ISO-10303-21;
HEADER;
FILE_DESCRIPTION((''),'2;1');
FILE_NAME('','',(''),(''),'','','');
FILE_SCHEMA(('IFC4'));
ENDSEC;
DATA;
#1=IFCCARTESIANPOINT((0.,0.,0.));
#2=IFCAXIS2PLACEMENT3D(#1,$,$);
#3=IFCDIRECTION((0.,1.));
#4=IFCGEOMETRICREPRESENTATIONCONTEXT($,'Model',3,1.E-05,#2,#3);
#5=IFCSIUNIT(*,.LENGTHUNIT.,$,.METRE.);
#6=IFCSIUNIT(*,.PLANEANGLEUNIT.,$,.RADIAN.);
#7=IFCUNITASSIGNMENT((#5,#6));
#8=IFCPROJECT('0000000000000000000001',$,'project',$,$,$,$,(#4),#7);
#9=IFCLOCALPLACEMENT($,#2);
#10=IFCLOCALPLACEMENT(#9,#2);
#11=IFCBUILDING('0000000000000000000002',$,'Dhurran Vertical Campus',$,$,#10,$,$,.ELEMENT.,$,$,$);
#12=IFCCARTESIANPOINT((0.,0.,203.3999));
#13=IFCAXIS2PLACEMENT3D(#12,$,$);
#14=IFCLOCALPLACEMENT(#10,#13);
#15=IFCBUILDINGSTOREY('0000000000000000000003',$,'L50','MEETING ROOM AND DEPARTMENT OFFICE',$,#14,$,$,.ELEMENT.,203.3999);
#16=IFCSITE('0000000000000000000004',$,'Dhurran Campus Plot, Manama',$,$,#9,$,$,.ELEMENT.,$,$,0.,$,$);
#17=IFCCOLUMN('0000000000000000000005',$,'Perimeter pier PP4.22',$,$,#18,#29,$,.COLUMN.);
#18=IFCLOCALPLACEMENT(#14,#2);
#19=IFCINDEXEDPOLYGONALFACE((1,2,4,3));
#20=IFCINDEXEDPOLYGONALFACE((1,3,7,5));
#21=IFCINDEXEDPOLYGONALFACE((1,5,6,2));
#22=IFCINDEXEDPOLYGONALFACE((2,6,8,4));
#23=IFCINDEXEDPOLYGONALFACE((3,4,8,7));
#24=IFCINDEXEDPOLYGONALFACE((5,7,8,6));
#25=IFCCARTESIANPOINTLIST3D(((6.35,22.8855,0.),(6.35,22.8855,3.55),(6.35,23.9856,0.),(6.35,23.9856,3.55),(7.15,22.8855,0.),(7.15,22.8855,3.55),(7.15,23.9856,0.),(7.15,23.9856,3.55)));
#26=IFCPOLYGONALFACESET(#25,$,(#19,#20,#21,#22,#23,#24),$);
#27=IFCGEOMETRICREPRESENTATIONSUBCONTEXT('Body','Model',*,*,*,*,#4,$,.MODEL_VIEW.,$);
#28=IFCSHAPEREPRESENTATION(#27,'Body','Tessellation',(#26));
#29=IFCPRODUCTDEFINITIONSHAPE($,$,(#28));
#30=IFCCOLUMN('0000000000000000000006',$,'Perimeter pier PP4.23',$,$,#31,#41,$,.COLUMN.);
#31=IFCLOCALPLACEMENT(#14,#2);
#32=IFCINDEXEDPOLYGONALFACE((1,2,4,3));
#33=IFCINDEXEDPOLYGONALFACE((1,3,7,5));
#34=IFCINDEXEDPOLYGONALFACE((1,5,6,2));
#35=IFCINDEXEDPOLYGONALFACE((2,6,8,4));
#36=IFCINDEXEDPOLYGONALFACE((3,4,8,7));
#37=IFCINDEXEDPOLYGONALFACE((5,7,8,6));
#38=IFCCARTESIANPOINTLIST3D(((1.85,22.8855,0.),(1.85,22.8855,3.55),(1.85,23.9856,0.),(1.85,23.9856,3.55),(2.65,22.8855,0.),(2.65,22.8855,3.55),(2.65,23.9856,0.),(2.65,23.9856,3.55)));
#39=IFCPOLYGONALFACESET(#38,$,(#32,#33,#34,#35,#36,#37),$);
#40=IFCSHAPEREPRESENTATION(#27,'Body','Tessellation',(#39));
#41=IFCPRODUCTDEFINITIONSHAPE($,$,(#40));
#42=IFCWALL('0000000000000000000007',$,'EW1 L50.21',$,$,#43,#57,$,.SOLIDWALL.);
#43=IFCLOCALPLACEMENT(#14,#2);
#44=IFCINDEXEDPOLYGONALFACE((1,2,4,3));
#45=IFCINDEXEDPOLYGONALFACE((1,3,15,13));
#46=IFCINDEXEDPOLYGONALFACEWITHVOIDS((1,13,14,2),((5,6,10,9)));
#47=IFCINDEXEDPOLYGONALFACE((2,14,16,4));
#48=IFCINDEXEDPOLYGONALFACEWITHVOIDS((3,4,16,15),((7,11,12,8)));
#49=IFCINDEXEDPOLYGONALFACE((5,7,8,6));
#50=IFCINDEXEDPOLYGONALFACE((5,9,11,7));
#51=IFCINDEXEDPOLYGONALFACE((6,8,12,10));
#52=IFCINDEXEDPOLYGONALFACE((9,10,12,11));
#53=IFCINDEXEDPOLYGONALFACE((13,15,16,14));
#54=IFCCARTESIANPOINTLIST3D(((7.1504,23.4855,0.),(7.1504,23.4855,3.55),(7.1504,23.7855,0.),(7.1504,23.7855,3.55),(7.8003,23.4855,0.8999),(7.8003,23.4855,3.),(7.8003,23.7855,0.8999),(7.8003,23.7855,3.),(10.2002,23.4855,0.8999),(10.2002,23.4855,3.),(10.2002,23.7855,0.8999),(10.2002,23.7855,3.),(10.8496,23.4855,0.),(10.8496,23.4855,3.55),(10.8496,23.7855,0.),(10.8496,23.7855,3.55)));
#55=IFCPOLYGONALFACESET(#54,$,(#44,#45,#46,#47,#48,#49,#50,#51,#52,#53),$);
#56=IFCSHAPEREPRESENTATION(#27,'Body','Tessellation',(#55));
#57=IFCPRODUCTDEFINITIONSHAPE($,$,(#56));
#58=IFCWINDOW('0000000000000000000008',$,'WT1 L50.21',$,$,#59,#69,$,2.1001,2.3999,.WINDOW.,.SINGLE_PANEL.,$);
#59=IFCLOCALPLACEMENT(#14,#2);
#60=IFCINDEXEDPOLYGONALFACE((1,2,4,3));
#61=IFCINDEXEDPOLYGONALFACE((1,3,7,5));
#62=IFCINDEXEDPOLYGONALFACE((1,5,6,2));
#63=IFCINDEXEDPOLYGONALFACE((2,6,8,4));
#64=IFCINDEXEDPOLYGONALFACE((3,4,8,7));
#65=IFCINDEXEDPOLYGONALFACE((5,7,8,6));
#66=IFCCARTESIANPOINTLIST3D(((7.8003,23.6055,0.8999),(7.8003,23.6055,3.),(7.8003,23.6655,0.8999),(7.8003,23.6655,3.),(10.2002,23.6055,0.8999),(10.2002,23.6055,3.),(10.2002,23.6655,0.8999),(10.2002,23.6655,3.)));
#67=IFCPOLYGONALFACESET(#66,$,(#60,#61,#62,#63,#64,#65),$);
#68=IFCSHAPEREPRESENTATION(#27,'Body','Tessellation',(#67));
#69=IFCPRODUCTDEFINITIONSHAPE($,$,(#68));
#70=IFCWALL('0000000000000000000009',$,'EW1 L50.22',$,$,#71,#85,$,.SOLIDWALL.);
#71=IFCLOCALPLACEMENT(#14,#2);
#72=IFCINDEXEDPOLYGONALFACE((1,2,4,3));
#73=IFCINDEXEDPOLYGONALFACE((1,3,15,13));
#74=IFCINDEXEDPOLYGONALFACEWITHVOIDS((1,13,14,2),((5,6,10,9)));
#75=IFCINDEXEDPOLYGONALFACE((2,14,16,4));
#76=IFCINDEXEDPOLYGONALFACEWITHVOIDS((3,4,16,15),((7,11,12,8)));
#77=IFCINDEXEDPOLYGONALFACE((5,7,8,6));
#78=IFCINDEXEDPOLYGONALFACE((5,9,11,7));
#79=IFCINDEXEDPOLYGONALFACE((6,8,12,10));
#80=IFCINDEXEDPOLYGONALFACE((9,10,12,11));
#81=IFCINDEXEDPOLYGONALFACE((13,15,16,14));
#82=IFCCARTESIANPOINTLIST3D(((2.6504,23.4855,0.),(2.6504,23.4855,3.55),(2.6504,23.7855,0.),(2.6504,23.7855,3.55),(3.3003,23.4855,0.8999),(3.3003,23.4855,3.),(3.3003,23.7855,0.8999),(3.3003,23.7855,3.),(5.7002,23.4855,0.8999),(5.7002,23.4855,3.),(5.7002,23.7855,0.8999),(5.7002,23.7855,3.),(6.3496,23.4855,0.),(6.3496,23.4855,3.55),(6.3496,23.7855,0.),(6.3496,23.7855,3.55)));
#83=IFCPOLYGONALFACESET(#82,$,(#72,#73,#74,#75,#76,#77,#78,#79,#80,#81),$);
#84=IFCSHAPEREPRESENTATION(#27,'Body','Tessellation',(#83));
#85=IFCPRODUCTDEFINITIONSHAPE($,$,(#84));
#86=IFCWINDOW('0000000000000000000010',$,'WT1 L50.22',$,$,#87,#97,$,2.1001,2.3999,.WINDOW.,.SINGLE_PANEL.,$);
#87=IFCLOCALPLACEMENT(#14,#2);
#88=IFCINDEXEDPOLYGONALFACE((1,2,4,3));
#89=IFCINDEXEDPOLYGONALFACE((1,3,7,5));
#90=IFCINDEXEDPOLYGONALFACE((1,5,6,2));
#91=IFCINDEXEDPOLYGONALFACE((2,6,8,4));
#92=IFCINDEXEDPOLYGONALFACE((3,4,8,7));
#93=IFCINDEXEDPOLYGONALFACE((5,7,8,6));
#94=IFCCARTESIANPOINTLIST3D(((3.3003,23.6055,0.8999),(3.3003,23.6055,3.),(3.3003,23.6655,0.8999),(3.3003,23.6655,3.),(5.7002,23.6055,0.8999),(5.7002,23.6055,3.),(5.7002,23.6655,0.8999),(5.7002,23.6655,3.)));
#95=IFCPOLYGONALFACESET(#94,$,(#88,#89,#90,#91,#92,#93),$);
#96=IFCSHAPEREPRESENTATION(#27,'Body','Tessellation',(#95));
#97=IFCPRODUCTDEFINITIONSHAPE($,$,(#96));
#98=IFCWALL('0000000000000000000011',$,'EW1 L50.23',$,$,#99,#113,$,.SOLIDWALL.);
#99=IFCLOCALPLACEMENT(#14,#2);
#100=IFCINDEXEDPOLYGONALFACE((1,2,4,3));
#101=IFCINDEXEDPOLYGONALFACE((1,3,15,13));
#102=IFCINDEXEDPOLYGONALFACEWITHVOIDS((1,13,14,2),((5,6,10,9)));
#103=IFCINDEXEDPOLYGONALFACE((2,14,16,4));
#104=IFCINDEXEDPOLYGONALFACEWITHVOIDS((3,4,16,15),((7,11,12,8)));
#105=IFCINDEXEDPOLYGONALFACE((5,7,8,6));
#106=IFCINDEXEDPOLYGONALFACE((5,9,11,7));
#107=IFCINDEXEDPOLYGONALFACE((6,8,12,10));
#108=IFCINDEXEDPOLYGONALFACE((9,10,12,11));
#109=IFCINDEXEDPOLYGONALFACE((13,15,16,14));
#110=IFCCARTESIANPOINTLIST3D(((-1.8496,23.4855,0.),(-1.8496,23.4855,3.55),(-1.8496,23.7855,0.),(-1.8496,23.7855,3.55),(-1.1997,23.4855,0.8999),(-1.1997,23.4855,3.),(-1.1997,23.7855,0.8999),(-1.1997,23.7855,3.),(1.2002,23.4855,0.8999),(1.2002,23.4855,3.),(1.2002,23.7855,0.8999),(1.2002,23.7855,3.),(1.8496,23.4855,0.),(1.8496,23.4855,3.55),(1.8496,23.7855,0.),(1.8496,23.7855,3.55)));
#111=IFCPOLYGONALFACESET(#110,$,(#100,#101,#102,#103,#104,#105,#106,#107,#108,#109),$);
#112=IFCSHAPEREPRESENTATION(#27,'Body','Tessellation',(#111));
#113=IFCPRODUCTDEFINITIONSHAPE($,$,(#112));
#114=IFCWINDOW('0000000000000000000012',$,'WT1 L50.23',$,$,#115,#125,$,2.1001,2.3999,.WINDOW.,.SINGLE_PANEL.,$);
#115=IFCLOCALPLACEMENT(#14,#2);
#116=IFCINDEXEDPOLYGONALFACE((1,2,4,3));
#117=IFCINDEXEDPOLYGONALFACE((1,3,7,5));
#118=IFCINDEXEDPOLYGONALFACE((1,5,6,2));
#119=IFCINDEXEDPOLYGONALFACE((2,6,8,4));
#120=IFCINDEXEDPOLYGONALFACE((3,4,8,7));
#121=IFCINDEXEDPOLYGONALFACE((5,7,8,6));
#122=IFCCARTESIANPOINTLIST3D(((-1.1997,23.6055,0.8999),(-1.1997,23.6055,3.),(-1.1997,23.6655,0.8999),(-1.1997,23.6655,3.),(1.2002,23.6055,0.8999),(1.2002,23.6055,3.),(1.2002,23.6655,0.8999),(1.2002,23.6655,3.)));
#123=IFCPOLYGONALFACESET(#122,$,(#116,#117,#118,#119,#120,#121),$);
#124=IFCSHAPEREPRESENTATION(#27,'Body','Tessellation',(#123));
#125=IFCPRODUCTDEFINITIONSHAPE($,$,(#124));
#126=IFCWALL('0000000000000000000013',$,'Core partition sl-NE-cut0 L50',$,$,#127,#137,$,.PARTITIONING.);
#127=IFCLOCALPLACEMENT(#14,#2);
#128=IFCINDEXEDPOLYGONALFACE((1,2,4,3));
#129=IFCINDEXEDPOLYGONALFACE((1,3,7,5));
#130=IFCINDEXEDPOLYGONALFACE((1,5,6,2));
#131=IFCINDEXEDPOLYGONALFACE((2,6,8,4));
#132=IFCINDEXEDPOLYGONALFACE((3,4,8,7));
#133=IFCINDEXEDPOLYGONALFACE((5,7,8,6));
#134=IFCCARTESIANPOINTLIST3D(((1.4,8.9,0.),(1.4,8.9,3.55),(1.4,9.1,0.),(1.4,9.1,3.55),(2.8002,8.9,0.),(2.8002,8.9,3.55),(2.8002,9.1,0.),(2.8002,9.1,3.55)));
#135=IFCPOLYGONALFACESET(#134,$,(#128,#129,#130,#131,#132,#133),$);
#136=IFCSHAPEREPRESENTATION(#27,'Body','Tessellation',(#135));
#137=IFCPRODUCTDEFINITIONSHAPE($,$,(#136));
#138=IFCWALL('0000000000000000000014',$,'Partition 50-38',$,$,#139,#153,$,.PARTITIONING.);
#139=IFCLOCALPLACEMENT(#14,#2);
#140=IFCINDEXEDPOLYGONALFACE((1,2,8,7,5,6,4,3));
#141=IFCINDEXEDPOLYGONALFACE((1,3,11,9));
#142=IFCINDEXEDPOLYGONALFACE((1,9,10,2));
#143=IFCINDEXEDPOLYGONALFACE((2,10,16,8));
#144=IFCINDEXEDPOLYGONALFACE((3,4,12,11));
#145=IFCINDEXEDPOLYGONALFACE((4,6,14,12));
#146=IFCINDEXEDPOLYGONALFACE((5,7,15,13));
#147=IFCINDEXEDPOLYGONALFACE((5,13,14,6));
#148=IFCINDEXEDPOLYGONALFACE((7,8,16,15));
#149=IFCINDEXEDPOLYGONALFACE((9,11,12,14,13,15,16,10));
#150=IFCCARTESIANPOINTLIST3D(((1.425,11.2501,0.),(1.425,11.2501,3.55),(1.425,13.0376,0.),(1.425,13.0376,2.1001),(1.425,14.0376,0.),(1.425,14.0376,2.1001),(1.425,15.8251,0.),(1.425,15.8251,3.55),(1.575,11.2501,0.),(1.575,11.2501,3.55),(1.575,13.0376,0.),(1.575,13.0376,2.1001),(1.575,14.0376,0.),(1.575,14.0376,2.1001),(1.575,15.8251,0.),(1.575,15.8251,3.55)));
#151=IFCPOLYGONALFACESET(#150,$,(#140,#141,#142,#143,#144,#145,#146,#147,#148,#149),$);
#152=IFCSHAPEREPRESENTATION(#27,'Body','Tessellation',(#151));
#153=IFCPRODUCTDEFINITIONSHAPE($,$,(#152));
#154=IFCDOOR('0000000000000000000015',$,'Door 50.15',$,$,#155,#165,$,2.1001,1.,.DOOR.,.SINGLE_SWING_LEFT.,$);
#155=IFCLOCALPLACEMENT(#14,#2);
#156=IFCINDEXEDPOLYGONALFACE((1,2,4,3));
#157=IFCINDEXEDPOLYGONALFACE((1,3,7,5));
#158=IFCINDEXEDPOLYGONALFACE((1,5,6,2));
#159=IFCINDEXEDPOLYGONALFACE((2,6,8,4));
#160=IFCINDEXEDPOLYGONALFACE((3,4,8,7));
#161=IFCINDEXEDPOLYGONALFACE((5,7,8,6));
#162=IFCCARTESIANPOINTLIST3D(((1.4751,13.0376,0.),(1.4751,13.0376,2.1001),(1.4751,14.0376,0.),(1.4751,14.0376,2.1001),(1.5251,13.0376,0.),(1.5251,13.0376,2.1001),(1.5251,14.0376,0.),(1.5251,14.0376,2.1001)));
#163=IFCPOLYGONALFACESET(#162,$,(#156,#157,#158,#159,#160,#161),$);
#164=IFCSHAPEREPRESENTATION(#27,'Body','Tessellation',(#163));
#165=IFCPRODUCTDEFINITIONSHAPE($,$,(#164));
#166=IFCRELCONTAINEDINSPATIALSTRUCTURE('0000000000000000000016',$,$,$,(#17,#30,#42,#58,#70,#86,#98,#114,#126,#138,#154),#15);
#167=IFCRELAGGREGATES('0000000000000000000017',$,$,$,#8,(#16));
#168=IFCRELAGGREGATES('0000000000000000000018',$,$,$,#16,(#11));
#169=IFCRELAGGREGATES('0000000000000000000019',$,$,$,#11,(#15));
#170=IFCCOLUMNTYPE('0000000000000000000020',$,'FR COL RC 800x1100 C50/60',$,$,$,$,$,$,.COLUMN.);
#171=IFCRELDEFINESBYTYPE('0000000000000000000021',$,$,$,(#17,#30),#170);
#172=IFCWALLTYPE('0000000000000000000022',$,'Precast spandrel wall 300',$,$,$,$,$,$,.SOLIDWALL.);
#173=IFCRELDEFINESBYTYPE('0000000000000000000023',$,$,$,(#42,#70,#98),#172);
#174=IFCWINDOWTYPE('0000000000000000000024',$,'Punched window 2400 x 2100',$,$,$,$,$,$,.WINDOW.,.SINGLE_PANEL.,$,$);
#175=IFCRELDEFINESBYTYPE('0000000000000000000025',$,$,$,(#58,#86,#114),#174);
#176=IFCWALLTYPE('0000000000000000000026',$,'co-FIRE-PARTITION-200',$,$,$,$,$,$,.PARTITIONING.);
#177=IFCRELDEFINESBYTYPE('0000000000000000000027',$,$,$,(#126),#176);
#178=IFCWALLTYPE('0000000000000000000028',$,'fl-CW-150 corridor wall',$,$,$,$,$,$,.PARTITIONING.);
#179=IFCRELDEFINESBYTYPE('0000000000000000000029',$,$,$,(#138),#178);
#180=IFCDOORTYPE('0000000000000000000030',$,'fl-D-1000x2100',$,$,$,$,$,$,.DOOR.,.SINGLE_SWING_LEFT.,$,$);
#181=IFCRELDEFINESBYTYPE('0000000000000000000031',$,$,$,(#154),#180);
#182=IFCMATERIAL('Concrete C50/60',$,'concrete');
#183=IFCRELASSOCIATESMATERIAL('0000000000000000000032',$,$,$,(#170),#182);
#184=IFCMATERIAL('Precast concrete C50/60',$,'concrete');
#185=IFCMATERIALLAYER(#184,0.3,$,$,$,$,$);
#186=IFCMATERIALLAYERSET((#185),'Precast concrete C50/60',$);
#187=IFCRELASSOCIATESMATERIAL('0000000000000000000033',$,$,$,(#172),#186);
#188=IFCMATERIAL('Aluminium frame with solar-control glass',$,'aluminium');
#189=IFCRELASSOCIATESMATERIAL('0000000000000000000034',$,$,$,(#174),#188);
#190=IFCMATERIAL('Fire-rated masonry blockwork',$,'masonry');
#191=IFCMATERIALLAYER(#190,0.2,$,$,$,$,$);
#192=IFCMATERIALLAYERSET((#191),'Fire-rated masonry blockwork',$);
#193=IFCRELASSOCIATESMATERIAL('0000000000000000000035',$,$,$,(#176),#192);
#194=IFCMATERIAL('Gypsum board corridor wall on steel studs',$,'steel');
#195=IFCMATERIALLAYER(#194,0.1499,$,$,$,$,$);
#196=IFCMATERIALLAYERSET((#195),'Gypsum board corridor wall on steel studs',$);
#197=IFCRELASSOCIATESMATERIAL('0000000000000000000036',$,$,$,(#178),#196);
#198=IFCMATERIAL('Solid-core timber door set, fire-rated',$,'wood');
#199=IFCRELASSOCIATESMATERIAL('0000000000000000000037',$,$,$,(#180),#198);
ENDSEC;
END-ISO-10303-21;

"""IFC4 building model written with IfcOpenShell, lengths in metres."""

from ifc_helpers import new_model, si_unit, direction, frame, frame_2d, origin, origin_2d, place, context, subcontext, project, spatial, rectangle, extrude, material, layer, layer_set, material_profile, profile_set, type_object, element, fill, save


model = new_model("IFC4")

# Units and contexts
model_context = context("Model", 3, precision=1e-05, world=origin(), true_north=direction((0.0, 1.0)))
body_context = subcontext(model_context, "Body", "Model", "MODEL_VIEW")
ifc_project = project(units=[si_unit("LENGTHUNIT", "METRE"), si_unit("PLANEANGLEUNIT", "RADIAN")], contexts=[model_context])

# Site, building, storey
site_placement = place(None, origin())
site = spatial("IfcSite", under=ifc_project, at=site_placement, Name="Dhurran Campus Plot, Manama", CompositionType="ELEMENT", RefElevation=0.0)
building_placement = place(site_placement, origin())
building = spatial("IfcBuilding", under=site, at=building_placement, Name="Dhurran Vertical Campus", CompositionType="ELEMENT")
storey_placement = place(building_placement, frame((0.0, 0.0, 203.3999)))
storey = spatial("IfcBuildingStorey", under=building, at=storey_placement, Name="L50", Description="MEETING ROOM AND DEPARTMENT OFFICE", CompositionType="ELEMENT", Elevation=203.3999)

# Columns
ifc_material_1 = material(Name="Concrete C50/60", Category="concrete")
ifc_material_profile = material_profile(ifc_material_1, rectangle(XDim=0.8, YDim=1.1001, at=origin_2d()), Name="RC 800x1100")
ifc_profile_set = profile_set([ifc_material_profile], Name="Concrete C50/60")
column_type = type_object("IfcColumnType", Name="FR COL RC 800x1100 C50/60", PredefinedType="COLUMN", material=ifc_profile_set)
for number, where, z_axis, x_axis, name in (
    (1, (6.75, 23.4355, 0.0), (0.0, 0.0, 1.0), (-1.0, 0.0, 0.0), "Perimeter pier PP4.22"),
    (2, (2.25, 23.4355, 0.0), (0.0, 0.0, 1.0), (-1.0, 0.0, 0.0), "Perimeter pier PP4.23"),
):
    element("IfcColumn", number, at=place(storey_placement, frame(where, z_axis=z_axis, x_axis=x_axis)), inside=storey, type_object=column_type, Name=name, PredefinedType="COLUMN", context=body_context, shape_type="SweptSolid", body=[
        extrude(rectangle(XDim=0.8, YDim=1.1001, at=origin_2d()), origin(), (0.0, 0.0, 1.0), 3.55),
    ])

# Walls, openings, windows
ifc_material_2 = material(Name="Precast concrete C50/60", Category="concrete")
ifc_layer_1 = layer(ifc_material_2, 0.3)
ifc_layer_set_1 = layer_set([ifc_layer_1], Name="Precast concrete C50/60")
wall_type_1 = type_object("IfcWallType", Name="Precast spandrel wall 300", PredefinedType="SOLIDWALL", material=ifc_layer_set_1)
wall_1_placement = place(storey_placement, frame((10.8496, 23.6355, 0.0), z_axis=(0.0, 0.0, 1.0), x_axis=(-1.0, 0.0, 0.0)))
wall_1 = element("IfcWall", 3, at=wall_1_placement, inside=storey, type_object=wall_type_1, Name="EW1 L50.21", PredefinedType="SOLIDWALL", context=body_context, shape_type="SweptSolid", body=[
    extrude(rectangle(XDim=3.6992, YDim=0.3, at=frame_2d((1.8496, 0.0))), origin(), (0.0, 0.0, 1.0), 3.55),
])
opening_1_placement = place(wall_1_placement, frame((0.6494, 0.0, 0.8999)))
opening_1 = element("IfcOpeningElement", 4, at=opening_1_placement, cuts=wall_1, PredefinedType="OPENING", context=body_context, shape_type="SweptSolid", body=[
    extrude(rectangle(XDim=2.3999, YDim=2.1001, at=frame_2d((1.2, 1.05))), frame((0.0, 0.1599, 0.0), z_axis=(0.0, -1.0, 0.0), x_axis=(1.0, 0.0, 0.0)), (0.0, 0.0, 1.0), 0.3201),
])
ifc_material_3 = material(Name="Aluminium frame with solar-control glass", Category="aluminium")
window_type = type_object("IfcWindowType", Name="Punched window 2400 x 2100", PartitioningType="SINGLE_PANEL", PredefinedType="WINDOW", material=ifc_material_3)
window_1_placement = place(opening_1_placement, origin())
window_1 = element("IfcWindow", 5, at=window_1_placement, inside=storey, type_object=window_type, Name="WT1 L50.21", OverallHeight=2.1001, OverallWidth=2.3999, PartitioningType="SINGLE_PANEL", PredefinedType="WINDOW", context=body_context, shape_type="SweptSolid", body=[
    extrude(rectangle(XDim=2.3999, YDim=2.1001, at=frame_2d((1.2, 1.05))), frame((0.0, 0.03, 0.0), z_axis=(0.0, -1.0, 0.0), x_axis=(1.0, 0.0, 0.0)), (0.0, 0.0, 1.0), 0.0601),
])
fill(opening_1, window_1)
wall_2_placement = place(storey_placement, frame((6.3496, 23.6355, 0.0), z_axis=(0.0, 0.0, 1.0), x_axis=(-1.0, 0.0, 0.0)))
wall_2 = element("IfcWall", 6, at=wall_2_placement, inside=storey, type_object=wall_type_1, Name="EW1 L50.22", PredefinedType="SOLIDWALL", context=body_context, shape_type="SweptSolid", body=[
    extrude(rectangle(XDim=3.6992, YDim=0.3, at=frame_2d((1.8496, 0.0))), origin(), (0.0, 0.0, 1.0), 3.55),
])
opening_2_placement = place(wall_2_placement, frame((0.6494, 0.0, 0.8999)))
opening_2 = element("IfcOpeningElement", 7, at=opening_2_placement, cuts=wall_2, PredefinedType="OPENING", context=body_context, shape_type="SweptSolid", body=[
    extrude(rectangle(XDim=2.3999, YDim=2.1001, at=frame_2d((1.2, 1.05))), frame((0.0, 0.1599, 0.0), z_axis=(0.0, -1.0, 0.0), x_axis=(1.0, 0.0, 0.0)), (0.0, 0.0, 1.0), 0.3201),
])
window_2_placement = place(opening_2_placement, origin())
window_2 = element("IfcWindow", 8, at=window_2_placement, inside=storey, type_object=window_type, Name="WT1 L50.22", OverallHeight=2.1001, OverallWidth=2.3999, PartitioningType="SINGLE_PANEL", PredefinedType="WINDOW", context=body_context, shape_type="SweptSolid", body=[
    extrude(rectangle(XDim=2.3999, YDim=2.1001, at=frame_2d((1.2, 1.05))), frame((0.0, 0.03, 0.0), z_axis=(0.0, -1.0, 0.0), x_axis=(1.0, 0.0, 0.0)), (0.0, 0.0, 1.0), 0.0601),
])
fill(opening_2, window_2)
wall_3_placement = place(storey_placement, frame((1.8496, 23.6355, 0.0), z_axis=(0.0, 0.0, 1.0), x_axis=(-1.0, 0.0, 0.0)))
wall_3 = element("IfcWall", 9, at=wall_3_placement, inside=storey, type_object=wall_type_1, Name="EW1 L50.23", PredefinedType="SOLIDWALL", context=body_context, shape_type="SweptSolid", body=[
    extrude(rectangle(XDim=3.6992, YDim=0.3, at=frame_2d((1.8496, 0.0))), origin(), (0.0, 0.0, 1.0), 3.55),
])
opening_3_placement = place(wall_3_placement, frame((0.6494, 0.0, 0.8999)))
opening_3 = element("IfcOpeningElement", 10, at=opening_3_placement, cuts=wall_3, PredefinedType="OPENING", context=body_context, shape_type="SweptSolid", body=[
    extrude(rectangle(XDim=2.3999, YDim=2.1001, at=frame_2d((1.2, 1.05))), frame((0.0, 0.1599, 0.0), z_axis=(0.0, -1.0, 0.0), x_axis=(1.0, 0.0, 0.0)), (0.0, 0.0, 1.0), 0.3201),
])
window_3_placement = place(opening_3_placement, origin())
window_3 = element("IfcWindow", 11, at=window_3_placement, inside=storey, type_object=window_type, Name="WT1 L50.23", OverallHeight=2.1001, OverallWidth=2.3999, PartitioningType="SINGLE_PANEL", PredefinedType="WINDOW", context=body_context, shape_type="SweptSolid", body=[
    extrude(rectangle(XDim=2.3999, YDim=2.1001, at=frame_2d((1.2, 1.05))), frame((0.0, 0.03, 0.0), z_axis=(0.0, -1.0, 0.0), x_axis=(1.0, 0.0, 0.0)), (0.0, 0.0, 1.0), 0.0601),
])
fill(opening_3, window_3)

# Wall
ifc_material_4 = material(Name="Fire-rated masonry blockwork", Category="masonry")
ifc_layer_2 = layer(ifc_material_4, 0.2)
ifc_layer_set_2 = layer_set([ifc_layer_2], Name="Fire-rated masonry blockwork")
wall_type_2 = type_object("IfcWallType", Name="co-FIRE-PARTITION-200", PredefinedType="PARTITIONING", material=ifc_layer_set_2)
wall_4_placement = place(storey_placement, frame((1.3999, 9.0, 0.0), z_axis=(0.0, 0.0, 1.0), x_axis=(1.0, 0.0, 0.0)))
element("IfcWall", 12, at=wall_4_placement, inside=storey, type_object=wall_type_2, Name="Core partition sl-NE-cut0 L50", PredefinedType="PARTITIONING", context=body_context, shape_type="SweptSolid", body=[
    extrude(rectangle(XDim=1.4001, YDim=0.2, at=frame_2d((0.7002, 0.0))), origin(), (0.0, 0.0, 1.0), 3.55),
])

# Wall, opening, door
ifc_material_5 = material(Name="Gypsum board corridor wall on steel studs", Category="steel")
ifc_layer_3 = layer(ifc_material_5, 0.1499)
ifc_layer_set_3 = layer_set([ifc_layer_3], Name="Gypsum board corridor wall on steel studs")
wall_type_3 = type_object("IfcWallType", Name="fl-CW-150 corridor wall", PredefinedType="PARTITIONING", material=ifc_layer_set_3)
wall_5_placement = place(storey_placement, frame((1.5, 11.25, 0.0), z_axis=(0.0, 0.0, 1.0), x_axis=(0.0, 1.0, 0.0)))
wall_5 = element("IfcWall", 13, at=wall_5_placement, inside=storey, type_object=wall_type_3, Name="Partition 50-38", PredefinedType="PARTITIONING", context=body_context, shape_type="SweptSolid", body=[
    extrude(rectangle(XDim=4.575, YDim=0.1499, at=frame_2d((2.2876, 0.0))), origin(), (0.0, 0.0, 1.0), 3.55),
])
opening_4_placement = place(wall_5_placement, frame((1.7876, 0.0, 0.0)))
opening_4 = element("IfcOpeningElement", 14, at=opening_4_placement, cuts=wall_5, PredefinedType="OPENING", context=body_context, shape_type="SweptSolid", body=[
    extrude(rectangle(XDim=1.0, YDim=2.1001, at=frame_2d((0.5, 1.05))), frame((0.0, 0.085, 0.0), z_axis=(0.0, -1.0, 0.0), x_axis=(1.0, 0.0, 0.0)), (0.0, 0.0, 1.0), 0.1699),
])
ifc_material_6 = material(Name="Solid-core timber door set, fire-rated", Category="wood")
door_type = type_object("IfcDoorType", Name="fl-D-1000x2100", OperationType="SINGLE_SWING_LEFT", PredefinedType="DOOR", material=ifc_material_6)
door_1_placement = place(opening_4_placement, origin())
door_1 = element("IfcDoor", 15, at=door_1_placement, inside=storey, type_object=door_type, Name="Door 50.15", OperationType="SINGLE_SWING_LEFT", OverallHeight=2.1001, OverallWidth=1.0, PredefinedType="DOOR", context=body_context, shape_type="SweptSolid", body=[
    extrude(rectangle(XDim=1.0, YDim=2.1001, at=frame_2d((0.5, 1.05))), frame((0.0, 0.0249, 0.0), z_axis=(0.0, -1.0, 0.0), x_axis=(1.0, 0.0, 0.0)), (0.0, 0.0, 1.0), 0.05),
])
fill(opening_4, door_1)

save(model, "model.ifc")
